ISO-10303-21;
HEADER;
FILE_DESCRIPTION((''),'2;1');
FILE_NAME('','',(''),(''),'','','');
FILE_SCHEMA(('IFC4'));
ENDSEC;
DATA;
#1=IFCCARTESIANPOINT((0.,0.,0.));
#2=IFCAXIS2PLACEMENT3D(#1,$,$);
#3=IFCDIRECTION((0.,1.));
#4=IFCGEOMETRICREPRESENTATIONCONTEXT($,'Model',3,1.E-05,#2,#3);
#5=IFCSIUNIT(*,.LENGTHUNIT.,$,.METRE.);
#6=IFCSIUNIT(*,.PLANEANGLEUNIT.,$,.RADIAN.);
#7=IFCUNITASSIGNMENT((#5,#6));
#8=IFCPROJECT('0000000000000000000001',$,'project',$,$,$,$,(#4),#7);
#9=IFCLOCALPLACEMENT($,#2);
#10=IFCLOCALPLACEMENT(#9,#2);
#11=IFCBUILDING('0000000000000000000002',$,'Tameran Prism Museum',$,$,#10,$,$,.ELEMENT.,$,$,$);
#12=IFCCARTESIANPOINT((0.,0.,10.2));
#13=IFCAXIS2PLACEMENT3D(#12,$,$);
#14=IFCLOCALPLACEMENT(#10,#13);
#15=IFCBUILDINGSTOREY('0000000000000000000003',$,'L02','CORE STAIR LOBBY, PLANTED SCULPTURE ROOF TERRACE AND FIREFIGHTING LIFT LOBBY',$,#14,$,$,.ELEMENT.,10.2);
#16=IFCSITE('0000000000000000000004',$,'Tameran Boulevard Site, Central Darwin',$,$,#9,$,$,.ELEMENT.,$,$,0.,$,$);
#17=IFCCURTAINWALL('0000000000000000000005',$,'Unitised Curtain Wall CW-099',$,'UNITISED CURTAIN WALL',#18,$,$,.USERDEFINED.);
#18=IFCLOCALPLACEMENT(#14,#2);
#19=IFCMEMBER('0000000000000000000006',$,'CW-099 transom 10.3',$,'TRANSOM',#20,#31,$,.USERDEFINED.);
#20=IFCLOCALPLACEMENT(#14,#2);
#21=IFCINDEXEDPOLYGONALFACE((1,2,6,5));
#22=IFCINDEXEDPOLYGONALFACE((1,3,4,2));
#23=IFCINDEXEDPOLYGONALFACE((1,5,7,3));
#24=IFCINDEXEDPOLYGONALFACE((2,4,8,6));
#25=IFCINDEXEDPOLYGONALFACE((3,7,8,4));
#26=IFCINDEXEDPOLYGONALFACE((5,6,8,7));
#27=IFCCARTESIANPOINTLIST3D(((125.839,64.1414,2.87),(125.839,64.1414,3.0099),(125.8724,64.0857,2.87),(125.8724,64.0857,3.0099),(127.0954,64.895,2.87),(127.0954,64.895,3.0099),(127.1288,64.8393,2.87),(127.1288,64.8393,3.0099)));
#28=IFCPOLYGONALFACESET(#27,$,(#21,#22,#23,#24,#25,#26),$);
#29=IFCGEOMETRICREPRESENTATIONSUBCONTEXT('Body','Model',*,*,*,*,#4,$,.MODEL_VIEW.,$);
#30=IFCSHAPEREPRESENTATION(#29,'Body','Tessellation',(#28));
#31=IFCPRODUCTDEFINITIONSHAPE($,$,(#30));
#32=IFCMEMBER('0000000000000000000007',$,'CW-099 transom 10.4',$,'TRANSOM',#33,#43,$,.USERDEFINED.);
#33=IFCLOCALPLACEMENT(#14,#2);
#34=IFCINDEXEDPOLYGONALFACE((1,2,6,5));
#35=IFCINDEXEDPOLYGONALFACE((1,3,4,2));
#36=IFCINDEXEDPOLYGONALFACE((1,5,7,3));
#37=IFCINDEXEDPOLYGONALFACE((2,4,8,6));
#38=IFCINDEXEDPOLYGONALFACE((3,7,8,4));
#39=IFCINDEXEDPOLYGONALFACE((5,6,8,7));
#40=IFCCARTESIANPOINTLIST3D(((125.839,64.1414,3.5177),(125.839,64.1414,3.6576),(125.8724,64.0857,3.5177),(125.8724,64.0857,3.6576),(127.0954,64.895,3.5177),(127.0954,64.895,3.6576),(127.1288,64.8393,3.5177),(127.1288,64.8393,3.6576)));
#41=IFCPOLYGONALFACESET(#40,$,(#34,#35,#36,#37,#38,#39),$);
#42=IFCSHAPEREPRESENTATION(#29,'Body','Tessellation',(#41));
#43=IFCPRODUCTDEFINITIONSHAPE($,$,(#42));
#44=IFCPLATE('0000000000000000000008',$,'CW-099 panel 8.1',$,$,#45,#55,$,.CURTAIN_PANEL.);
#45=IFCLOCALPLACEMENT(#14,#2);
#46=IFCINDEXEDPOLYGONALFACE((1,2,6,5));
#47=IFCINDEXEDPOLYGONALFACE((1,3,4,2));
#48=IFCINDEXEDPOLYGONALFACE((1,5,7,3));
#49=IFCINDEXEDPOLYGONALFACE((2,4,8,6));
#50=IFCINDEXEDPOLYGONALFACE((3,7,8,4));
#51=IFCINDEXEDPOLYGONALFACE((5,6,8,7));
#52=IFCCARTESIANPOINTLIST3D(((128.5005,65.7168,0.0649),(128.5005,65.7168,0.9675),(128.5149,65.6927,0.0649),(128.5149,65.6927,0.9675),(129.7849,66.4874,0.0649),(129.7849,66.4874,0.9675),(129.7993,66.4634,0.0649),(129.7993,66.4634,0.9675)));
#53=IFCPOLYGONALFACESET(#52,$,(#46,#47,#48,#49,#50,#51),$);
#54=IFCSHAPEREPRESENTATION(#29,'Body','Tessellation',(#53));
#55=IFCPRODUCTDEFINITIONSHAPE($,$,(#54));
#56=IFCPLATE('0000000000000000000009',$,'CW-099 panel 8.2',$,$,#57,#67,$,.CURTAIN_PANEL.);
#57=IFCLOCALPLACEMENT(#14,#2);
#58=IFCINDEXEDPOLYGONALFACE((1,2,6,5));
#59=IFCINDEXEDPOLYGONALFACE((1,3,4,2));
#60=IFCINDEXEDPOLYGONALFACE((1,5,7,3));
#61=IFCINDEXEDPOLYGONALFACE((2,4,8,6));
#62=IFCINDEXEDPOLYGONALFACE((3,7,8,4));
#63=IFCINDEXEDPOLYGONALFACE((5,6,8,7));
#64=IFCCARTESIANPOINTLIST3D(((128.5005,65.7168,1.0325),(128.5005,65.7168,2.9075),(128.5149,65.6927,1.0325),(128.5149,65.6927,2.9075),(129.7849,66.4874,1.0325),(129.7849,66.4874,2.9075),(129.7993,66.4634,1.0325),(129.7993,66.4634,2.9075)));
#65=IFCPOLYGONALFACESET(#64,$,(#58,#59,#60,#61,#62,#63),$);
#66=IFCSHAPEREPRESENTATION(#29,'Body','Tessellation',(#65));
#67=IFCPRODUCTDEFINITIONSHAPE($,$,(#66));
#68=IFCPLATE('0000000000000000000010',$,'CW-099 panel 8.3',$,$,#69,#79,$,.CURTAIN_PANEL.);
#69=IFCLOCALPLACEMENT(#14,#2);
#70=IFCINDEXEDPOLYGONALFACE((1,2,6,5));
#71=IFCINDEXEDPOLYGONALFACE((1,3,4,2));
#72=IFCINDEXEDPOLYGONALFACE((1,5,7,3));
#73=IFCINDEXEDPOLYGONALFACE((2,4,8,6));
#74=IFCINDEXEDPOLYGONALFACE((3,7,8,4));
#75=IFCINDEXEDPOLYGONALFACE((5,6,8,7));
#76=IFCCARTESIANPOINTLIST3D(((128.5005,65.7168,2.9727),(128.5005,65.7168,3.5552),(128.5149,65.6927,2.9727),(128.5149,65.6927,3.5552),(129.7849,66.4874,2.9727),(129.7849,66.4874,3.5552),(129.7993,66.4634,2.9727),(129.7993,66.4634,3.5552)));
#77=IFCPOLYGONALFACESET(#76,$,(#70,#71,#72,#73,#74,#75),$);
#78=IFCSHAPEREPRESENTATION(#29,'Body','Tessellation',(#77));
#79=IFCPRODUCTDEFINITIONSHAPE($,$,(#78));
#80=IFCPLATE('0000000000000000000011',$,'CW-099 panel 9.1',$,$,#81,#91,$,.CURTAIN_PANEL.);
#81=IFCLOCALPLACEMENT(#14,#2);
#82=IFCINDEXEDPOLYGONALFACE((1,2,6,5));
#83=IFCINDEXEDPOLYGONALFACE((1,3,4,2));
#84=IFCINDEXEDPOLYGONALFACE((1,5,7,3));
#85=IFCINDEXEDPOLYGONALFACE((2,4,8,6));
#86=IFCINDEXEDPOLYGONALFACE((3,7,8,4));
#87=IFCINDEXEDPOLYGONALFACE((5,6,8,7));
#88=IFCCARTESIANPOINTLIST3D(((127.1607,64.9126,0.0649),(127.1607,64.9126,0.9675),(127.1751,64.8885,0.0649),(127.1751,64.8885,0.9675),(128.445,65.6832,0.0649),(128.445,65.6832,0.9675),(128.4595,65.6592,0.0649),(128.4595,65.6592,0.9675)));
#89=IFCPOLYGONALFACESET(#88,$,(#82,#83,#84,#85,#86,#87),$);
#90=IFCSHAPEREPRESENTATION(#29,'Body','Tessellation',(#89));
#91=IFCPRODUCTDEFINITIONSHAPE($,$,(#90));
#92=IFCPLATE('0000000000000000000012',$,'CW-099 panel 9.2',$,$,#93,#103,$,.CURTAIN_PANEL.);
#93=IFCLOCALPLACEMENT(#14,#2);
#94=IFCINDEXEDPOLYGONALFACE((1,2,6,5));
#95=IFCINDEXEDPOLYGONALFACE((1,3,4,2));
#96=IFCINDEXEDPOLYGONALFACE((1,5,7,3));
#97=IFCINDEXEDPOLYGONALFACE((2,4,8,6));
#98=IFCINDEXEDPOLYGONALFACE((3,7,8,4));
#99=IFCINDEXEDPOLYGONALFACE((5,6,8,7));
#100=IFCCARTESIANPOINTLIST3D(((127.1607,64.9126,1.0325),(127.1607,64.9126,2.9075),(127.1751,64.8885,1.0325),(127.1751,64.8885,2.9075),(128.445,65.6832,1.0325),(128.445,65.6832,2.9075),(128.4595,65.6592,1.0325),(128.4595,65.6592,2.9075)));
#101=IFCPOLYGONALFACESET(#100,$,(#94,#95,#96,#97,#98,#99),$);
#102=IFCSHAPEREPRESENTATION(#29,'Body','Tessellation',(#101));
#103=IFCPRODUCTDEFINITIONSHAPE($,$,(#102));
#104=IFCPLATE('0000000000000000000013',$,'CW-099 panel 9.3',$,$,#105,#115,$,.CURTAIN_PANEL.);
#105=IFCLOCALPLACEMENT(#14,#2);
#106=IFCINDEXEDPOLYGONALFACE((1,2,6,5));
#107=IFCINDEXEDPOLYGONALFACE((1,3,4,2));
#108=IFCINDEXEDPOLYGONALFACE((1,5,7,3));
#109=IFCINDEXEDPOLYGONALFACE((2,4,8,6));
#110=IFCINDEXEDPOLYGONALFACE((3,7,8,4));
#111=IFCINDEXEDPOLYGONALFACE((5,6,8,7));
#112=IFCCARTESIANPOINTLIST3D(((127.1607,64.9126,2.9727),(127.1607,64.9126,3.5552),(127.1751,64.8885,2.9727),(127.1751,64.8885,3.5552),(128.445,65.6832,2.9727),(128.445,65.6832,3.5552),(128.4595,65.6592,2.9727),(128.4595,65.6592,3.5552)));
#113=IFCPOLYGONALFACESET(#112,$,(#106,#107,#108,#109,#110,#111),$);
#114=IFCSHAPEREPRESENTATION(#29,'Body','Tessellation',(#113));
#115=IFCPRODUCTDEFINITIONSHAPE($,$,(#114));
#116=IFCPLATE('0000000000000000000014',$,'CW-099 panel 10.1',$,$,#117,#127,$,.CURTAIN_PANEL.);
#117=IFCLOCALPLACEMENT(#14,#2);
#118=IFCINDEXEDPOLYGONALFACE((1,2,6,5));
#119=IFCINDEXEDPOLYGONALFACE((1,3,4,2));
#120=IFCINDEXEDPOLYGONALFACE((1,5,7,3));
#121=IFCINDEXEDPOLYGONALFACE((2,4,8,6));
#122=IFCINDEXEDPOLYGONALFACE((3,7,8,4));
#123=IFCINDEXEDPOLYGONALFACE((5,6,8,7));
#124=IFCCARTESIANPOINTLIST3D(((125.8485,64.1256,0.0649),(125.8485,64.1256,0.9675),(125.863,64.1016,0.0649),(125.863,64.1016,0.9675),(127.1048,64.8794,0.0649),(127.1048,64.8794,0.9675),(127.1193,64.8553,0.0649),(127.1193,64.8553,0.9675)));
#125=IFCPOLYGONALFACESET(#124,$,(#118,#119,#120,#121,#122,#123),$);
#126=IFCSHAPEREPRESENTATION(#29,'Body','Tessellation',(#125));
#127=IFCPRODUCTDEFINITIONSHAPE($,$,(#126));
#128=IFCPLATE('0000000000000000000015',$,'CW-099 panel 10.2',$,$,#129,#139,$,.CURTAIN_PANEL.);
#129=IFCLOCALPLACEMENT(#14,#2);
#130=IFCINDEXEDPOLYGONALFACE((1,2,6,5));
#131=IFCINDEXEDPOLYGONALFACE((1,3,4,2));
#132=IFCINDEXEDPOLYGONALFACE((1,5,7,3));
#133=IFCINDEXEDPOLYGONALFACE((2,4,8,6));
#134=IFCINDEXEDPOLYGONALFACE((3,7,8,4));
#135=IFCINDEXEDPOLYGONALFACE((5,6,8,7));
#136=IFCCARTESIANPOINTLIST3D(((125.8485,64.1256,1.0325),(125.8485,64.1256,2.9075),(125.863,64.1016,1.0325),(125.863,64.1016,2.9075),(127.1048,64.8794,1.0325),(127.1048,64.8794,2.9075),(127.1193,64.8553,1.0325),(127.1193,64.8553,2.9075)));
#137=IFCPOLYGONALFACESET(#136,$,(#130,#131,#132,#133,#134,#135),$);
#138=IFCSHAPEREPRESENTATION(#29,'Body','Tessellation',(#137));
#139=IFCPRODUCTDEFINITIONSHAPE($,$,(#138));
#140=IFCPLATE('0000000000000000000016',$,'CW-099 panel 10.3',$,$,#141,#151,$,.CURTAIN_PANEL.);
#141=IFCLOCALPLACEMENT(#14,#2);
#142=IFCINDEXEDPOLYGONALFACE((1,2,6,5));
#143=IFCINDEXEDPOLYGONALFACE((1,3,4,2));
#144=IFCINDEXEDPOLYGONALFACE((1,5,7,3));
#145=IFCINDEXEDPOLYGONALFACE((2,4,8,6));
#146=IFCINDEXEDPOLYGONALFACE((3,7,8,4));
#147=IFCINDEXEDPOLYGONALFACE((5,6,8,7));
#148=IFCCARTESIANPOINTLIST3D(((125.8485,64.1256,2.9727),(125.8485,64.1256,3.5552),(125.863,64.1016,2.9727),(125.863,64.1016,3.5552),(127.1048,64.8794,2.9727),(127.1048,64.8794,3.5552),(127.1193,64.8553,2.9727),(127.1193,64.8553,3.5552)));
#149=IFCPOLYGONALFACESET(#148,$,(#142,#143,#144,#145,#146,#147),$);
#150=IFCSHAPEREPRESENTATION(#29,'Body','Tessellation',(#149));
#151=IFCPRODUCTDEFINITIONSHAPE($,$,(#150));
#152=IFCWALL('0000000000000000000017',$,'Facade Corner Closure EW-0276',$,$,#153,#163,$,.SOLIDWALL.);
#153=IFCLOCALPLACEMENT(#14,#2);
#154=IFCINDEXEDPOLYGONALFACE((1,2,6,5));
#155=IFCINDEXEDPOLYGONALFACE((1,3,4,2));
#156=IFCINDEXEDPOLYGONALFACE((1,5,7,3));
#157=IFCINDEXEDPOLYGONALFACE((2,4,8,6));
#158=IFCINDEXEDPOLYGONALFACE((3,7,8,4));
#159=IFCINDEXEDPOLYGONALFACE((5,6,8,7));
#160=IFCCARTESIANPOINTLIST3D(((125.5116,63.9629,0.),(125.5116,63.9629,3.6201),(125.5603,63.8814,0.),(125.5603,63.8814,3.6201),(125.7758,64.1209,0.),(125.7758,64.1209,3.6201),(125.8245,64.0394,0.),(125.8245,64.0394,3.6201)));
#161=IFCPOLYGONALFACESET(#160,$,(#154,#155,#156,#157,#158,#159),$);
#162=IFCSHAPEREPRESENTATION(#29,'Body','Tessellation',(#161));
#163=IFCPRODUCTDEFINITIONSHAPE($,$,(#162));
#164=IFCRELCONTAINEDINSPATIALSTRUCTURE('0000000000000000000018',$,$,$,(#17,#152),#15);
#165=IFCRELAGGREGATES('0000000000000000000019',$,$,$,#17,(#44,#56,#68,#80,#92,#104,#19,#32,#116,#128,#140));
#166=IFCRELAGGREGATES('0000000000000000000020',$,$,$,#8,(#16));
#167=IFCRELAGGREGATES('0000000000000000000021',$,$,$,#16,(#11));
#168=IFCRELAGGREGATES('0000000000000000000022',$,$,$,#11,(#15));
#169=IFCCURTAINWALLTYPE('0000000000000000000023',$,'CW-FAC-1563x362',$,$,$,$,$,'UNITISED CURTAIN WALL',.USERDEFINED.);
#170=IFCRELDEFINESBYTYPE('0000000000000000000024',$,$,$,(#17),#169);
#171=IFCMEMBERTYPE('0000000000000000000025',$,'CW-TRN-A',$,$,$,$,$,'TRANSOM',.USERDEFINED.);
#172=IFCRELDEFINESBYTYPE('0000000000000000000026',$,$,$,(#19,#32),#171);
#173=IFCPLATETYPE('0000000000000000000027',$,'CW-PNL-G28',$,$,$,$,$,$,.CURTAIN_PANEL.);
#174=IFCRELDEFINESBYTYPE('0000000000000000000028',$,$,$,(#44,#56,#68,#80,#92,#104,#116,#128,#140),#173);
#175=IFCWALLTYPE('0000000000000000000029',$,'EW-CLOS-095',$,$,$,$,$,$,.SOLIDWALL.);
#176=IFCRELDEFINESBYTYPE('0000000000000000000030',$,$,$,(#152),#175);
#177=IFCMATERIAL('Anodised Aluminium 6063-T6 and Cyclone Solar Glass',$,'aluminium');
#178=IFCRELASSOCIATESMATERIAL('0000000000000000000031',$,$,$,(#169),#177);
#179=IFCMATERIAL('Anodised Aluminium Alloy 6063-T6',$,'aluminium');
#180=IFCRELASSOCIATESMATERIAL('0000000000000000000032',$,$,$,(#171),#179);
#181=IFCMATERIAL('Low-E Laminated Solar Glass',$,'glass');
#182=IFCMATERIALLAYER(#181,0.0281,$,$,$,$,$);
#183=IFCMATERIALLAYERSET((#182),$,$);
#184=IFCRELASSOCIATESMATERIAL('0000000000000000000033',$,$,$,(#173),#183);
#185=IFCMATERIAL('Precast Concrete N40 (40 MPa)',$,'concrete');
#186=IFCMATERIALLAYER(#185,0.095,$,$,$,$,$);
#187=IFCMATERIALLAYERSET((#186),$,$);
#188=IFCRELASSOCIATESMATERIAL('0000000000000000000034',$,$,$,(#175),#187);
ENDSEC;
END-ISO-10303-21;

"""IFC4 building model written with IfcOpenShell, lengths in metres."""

from ifc_helpers import new_model, si_unit, direction, frame, frame_2d, origin, origin_2d, place, context, subcontext, project, spatial, rectangle, extrude, material, layer, layer_set, material_profile, profile_set, type_object, element, aggregate, save


model = new_model("IFC4")

# Units and contexts
model_context = context("Model", 3, precision=1e-05, world=origin(), true_north=direction((0.0, 1.0)))
body_context = subcontext(model_context, "Body", "Model", "MODEL_VIEW")
ifc_project = project(units=[si_unit("LENGTHUNIT", "METRE"), si_unit("PLANEANGLEUNIT", "RADIAN")], contexts=[model_context])

# Site, building, storey
site_placement = place(None, origin())
site = spatial("IfcSite", under=ifc_project, at=site_placement, Name="Tameran Boulevard Site, Central Darwin", CompositionType="ELEMENT", RefElevation=0.0)
building_placement = place(site_placement, origin())
building = spatial("IfcBuilding", under=site, at=building_placement, Name="Tameran Prism Museum", CompositionType="ELEMENT")
storey_placement = place(building_placement, frame((0.0, 0.0, 10.2)))
storey = spatial("IfcBuildingStorey", under=building, at=storey_placement, Name="L02", Description="CORE STAIR LOBBY, PLANTED SCULPTURE ROOF TERRACE AND FIREFIGHTING LIFT LOBBY", CompositionType="ELEMENT", Elevation=10.2)

# Curtain wall, members, plates
ifc_material_1 = material(Name="Anodised Aluminium 6063-T6 and Cyclone Solar Glass", Category="aluminium")
curtain_wall_type = type_object("IfcCurtainWallType", Name="CW-FAC-1563x362", ElementType="UNITISED CURTAIN WALL", PredefinedType="USERDEFINED", material=ifc_material_1)
curtain_wall_placement = place(storey_placement, origin())
curtain_wall = element("IfcCurtainWall", 1, at=curtain_wall_placement, inside=storey, type_object=curtain_wall_type, Name="Unitised Curtain Wall CW-099", ObjectType="UNITISED CURTAIN WALL", PredefinedType="USERDEFINED")
ifc_material_2 = material(Name="Anodised Aluminium Alloy 6063-T6", Category="aluminium")
ifc_material_profile_1 = material_profile(ifc_material_2, rectangle(XDim=0.0649, YDim=0.1399, at=origin_2d()))
ifc_profile_set_1 = profile_set([ifc_material_profile_1])
member_type_1 = type_object("IfcMemberType", Name="CW-TRN-A", ElementType="TRANSOM", PredefinedType="USERDEFINED", material=ifc_profile_set_1)
member_1_placement = place(storey_placement, frame((127.1121, 64.8672, 2.9399), z_axis=(-0.857537, -0.514422, 0.0), x_axis=(0.514422, -0.857537, 0.0)))
member_1 = element("IfcMember", 2, at=member_1_placement, type_object=member_type_1, Name="CW-099 transom 10.3", ObjectType="TRANSOM", PredefinedType="USERDEFINED", context=body_context, shape_type="SweptSolid", body=[
    extrude(rectangle(XDim=0.0649, YDim=0.1399, at=origin_2d()), origin(), (0.0, 0.0, 1.0), 1.4651),
])
member_2_placement = place(storey_placement, frame((127.1121, 64.8672, 3.5876), z_axis=(-0.857537, -0.514422, 0.0), x_axis=(0.514422, -0.857537, 0.0)))
member_2 = element("IfcMember", 3, at=member_2_placement, type_object=member_type_1, Name="CW-099 transom 10.4", ObjectType="TRANSOM", PredefinedType="USERDEFINED", context=body_context, shape_type="SweptSolid", body=[
    extrude(rectangle(XDim=0.0649, YDim=0.1399, at=origin_2d()), origin(), (0.0, 0.0, 1.0), 1.4651),
])
ifc_material_3 = material(Name="Low-E Laminated Solar Glass", Category="glass")
ifc_layer_1 = layer(ifc_material_3, 0.0281)
ifc_layer_set_1 = layer_set([ifc_layer_1])
plate_type = type_object("IfcPlateType", Name="CW-PNL-G28", PredefinedType="CURTAIN_PANEL", material=ifc_layer_set_1)
plate_1_placement = place(storey_placement, frame((129.1499, 66.0901, 0.0649), z_axis=(0.0, 0.0, 1.0), x_axis=(-0.857493, -0.514496, 0.0)))
plate_1 = element("IfcPlate", 4, at=plate_1_placement, type_object=plate_type, Name="CW-099 panel 8.1", PredefinedType="CURTAIN_PANEL", context=body_context, shape_type="SweptSolid", body=[
    extrude(rectangle(XDim=1.4978, YDim=0.0281, at=origin_2d()), origin(), (0.0, 0.0, 1.0), 0.9026),
])
plate_2_placement = place(storey_placement, frame((129.1499, 66.0901, 1.0325), z_axis=(0.0, 0.0, 1.0), x_axis=(-0.857493, -0.514496, 0.0)))
plate_2 = element("IfcPlate", 5, at=plate_2_placement, type_object=plate_type, Name="CW-099 panel 8.2", PredefinedType="CURTAIN_PANEL", context=body_context, shape_type="SweptSolid", body=[
    extrude(rectangle(XDim=1.4978, YDim=0.0281, at=origin_2d()), origin(), (0.0, 0.0, 1.0), 1.875),
])
plate_3_placement = place(storey_placement, frame((129.1499, 66.0901, 2.9727), z_axis=(0.0, 0.0, 1.0), x_axis=(-0.857493, -0.514496, 0.0)))
plate_3 = element("IfcPlate", 6, at=plate_3_placement, type_object=plate_type, Name="CW-099 panel 8.3", PredefinedType="CURTAIN_PANEL", context=body_context, shape_type="SweptSolid", body=[
    extrude(rectangle(XDim=1.4978, YDim=0.0281, at=origin_2d()), origin(), (0.0, 0.0, 1.0), 0.5825),
])
plate_4_placement = place(storey_placement, frame((127.8101, 65.2859, 0.0649), z_axis=(0.0, 0.0, 1.0), x_axis=(-0.857493, -0.514496, 0.0)))
plate_4 = element("IfcPlate", 7, at=plate_4_placement, type_object=plate_type, Name="CW-099 panel 9.1", PredefinedType="CURTAIN_PANEL", context=body_context, shape_type="SweptSolid", body=[
    extrude(rectangle(XDim=1.4978, YDim=0.0281, at=origin_2d()), origin(), (0.0, 0.0, 1.0), 0.9026),
])
plate_5_placement = place(storey_placement, frame((127.8101, 65.2859, 1.0325), z_axis=(0.0, 0.0, 1.0), x_axis=(-0.857493, -0.514496, 0.0)))
plate_5 = element("IfcPlate", 8, at=plate_5_placement, type_object=plate_type, Name="CW-099 panel 9.2", PredefinedType="CURTAIN_PANEL", context=body_context, shape_type="SweptSolid", body=[
    extrude(rectangle(XDim=1.4978, YDim=0.0281, at=origin_2d()), origin(), (0.0, 0.0, 1.0), 1.875),
])
plate_6_placement = place(storey_placement, frame((127.8101, 65.2859, 2.9727), z_axis=(0.0, 0.0, 1.0), x_axis=(-0.857493, -0.514496, 0.0)))
plate_6 = element("IfcPlate", 9, at=plate_6_placement, type_object=plate_type, Name="CW-099 panel 9.3", PredefinedType="CURTAIN_PANEL", context=body_context, shape_type="SweptSolid", body=[
    extrude(rectangle(XDim=1.4978, YDim=0.0281, at=origin_2d()), origin(), (0.0, 0.0, 1.0), 0.5825),
])
plate_7_placement = place(storey_placement, frame((126.4839, 64.4905, 0.0649), z_axis=(0.0, 0.0, 1.0), x_axis=(-0.857493, -0.514496, 0.0)))
plate_7 = element("IfcPlate", 10, at=plate_7_placement, type_object=plate_type, Name="CW-099 panel 10.1", PredefinedType="CURTAIN_PANEL", context=body_context, shape_type="SweptSolid", body=[
    extrude(rectangle(XDim=1.4651, YDim=0.0281, at=origin_2d()), origin(), (0.0, 0.0, 1.0), 0.9026),
])
plate_8_placement = place(storey_placement, frame((126.4839, 64.4905, 1.0325), z_axis=(0.0, 0.0, 1.0), x_axis=(-0.857493, -0.514496, 0.0)))
plate_8 = element("IfcPlate", 11, at=plate_8_placement, type_object=plate_type, Name="CW-099 panel 10.2", PredefinedType="CURTAIN_PANEL", context=body_context, shape_type="SweptSolid", body=[
    extrude(rectangle(XDim=1.4651, YDim=0.0281, at=origin_2d()), origin(), (0.0, 0.0, 1.0), 1.875),
])
plate_9_placement = place(storey_placement, frame((126.4839, 64.4905, 2.9727), z_axis=(0.0, 0.0, 1.0), x_axis=(-0.857493, -0.514496, 0.0)))
plate_9 = element("IfcPlate", 12, at=plate_9_placement, type_object=plate_type, Name="CW-099 panel 10.3", PredefinedType="CURTAIN_PANEL", context=body_context, shape_type="SweptSolid", body=[
    extrude(rectangle(XDim=1.4651, YDim=0.0281, at=origin_2d()), origin(), (0.0, 0.0, 1.0), 0.5825),
])
aggregate(curtain_wall, [plate_1, plate_2, plate_3, plate_4, plate_5, plate_6, member_1, member_2, plate_7, plate_8, plate_9])

# Wall
ifc_material_4 = material(Name="Precast Concrete N40 (40 MPa)", Category="concrete")
ifc_layer_2 = layer(ifc_material_4, 0.095)
ifc_layer_set_2 = layer_set([ifc_layer_2])
wall_type = type_object("IfcWallType", Name="EW-CLOS-095", PredefinedType="SOLIDWALL", material=ifc_layer_set_2)
wall_placement = place(storey_placement, frame((125.8, 64.0801, 0.0), z_axis=(0.0, 0.0, 1.0), x_axis=(-0.858262, -0.513212, 0.0)))
element("IfcWall", 13, at=wall_placement, inside=storey, type_object=wall_type, Name="Facade Corner Closure EW-0276", PredefinedType="SOLIDWALL", context=body_context, shape_type="SweptSolid", body=[
    extrude(rectangle(XDim=0.3079, YDim=0.095, at=frame_2d((0.1538, 0.0))), origin(), (0.0, 0.0, 1.0), 3.6201),
])

save(model, "model.ifc")
